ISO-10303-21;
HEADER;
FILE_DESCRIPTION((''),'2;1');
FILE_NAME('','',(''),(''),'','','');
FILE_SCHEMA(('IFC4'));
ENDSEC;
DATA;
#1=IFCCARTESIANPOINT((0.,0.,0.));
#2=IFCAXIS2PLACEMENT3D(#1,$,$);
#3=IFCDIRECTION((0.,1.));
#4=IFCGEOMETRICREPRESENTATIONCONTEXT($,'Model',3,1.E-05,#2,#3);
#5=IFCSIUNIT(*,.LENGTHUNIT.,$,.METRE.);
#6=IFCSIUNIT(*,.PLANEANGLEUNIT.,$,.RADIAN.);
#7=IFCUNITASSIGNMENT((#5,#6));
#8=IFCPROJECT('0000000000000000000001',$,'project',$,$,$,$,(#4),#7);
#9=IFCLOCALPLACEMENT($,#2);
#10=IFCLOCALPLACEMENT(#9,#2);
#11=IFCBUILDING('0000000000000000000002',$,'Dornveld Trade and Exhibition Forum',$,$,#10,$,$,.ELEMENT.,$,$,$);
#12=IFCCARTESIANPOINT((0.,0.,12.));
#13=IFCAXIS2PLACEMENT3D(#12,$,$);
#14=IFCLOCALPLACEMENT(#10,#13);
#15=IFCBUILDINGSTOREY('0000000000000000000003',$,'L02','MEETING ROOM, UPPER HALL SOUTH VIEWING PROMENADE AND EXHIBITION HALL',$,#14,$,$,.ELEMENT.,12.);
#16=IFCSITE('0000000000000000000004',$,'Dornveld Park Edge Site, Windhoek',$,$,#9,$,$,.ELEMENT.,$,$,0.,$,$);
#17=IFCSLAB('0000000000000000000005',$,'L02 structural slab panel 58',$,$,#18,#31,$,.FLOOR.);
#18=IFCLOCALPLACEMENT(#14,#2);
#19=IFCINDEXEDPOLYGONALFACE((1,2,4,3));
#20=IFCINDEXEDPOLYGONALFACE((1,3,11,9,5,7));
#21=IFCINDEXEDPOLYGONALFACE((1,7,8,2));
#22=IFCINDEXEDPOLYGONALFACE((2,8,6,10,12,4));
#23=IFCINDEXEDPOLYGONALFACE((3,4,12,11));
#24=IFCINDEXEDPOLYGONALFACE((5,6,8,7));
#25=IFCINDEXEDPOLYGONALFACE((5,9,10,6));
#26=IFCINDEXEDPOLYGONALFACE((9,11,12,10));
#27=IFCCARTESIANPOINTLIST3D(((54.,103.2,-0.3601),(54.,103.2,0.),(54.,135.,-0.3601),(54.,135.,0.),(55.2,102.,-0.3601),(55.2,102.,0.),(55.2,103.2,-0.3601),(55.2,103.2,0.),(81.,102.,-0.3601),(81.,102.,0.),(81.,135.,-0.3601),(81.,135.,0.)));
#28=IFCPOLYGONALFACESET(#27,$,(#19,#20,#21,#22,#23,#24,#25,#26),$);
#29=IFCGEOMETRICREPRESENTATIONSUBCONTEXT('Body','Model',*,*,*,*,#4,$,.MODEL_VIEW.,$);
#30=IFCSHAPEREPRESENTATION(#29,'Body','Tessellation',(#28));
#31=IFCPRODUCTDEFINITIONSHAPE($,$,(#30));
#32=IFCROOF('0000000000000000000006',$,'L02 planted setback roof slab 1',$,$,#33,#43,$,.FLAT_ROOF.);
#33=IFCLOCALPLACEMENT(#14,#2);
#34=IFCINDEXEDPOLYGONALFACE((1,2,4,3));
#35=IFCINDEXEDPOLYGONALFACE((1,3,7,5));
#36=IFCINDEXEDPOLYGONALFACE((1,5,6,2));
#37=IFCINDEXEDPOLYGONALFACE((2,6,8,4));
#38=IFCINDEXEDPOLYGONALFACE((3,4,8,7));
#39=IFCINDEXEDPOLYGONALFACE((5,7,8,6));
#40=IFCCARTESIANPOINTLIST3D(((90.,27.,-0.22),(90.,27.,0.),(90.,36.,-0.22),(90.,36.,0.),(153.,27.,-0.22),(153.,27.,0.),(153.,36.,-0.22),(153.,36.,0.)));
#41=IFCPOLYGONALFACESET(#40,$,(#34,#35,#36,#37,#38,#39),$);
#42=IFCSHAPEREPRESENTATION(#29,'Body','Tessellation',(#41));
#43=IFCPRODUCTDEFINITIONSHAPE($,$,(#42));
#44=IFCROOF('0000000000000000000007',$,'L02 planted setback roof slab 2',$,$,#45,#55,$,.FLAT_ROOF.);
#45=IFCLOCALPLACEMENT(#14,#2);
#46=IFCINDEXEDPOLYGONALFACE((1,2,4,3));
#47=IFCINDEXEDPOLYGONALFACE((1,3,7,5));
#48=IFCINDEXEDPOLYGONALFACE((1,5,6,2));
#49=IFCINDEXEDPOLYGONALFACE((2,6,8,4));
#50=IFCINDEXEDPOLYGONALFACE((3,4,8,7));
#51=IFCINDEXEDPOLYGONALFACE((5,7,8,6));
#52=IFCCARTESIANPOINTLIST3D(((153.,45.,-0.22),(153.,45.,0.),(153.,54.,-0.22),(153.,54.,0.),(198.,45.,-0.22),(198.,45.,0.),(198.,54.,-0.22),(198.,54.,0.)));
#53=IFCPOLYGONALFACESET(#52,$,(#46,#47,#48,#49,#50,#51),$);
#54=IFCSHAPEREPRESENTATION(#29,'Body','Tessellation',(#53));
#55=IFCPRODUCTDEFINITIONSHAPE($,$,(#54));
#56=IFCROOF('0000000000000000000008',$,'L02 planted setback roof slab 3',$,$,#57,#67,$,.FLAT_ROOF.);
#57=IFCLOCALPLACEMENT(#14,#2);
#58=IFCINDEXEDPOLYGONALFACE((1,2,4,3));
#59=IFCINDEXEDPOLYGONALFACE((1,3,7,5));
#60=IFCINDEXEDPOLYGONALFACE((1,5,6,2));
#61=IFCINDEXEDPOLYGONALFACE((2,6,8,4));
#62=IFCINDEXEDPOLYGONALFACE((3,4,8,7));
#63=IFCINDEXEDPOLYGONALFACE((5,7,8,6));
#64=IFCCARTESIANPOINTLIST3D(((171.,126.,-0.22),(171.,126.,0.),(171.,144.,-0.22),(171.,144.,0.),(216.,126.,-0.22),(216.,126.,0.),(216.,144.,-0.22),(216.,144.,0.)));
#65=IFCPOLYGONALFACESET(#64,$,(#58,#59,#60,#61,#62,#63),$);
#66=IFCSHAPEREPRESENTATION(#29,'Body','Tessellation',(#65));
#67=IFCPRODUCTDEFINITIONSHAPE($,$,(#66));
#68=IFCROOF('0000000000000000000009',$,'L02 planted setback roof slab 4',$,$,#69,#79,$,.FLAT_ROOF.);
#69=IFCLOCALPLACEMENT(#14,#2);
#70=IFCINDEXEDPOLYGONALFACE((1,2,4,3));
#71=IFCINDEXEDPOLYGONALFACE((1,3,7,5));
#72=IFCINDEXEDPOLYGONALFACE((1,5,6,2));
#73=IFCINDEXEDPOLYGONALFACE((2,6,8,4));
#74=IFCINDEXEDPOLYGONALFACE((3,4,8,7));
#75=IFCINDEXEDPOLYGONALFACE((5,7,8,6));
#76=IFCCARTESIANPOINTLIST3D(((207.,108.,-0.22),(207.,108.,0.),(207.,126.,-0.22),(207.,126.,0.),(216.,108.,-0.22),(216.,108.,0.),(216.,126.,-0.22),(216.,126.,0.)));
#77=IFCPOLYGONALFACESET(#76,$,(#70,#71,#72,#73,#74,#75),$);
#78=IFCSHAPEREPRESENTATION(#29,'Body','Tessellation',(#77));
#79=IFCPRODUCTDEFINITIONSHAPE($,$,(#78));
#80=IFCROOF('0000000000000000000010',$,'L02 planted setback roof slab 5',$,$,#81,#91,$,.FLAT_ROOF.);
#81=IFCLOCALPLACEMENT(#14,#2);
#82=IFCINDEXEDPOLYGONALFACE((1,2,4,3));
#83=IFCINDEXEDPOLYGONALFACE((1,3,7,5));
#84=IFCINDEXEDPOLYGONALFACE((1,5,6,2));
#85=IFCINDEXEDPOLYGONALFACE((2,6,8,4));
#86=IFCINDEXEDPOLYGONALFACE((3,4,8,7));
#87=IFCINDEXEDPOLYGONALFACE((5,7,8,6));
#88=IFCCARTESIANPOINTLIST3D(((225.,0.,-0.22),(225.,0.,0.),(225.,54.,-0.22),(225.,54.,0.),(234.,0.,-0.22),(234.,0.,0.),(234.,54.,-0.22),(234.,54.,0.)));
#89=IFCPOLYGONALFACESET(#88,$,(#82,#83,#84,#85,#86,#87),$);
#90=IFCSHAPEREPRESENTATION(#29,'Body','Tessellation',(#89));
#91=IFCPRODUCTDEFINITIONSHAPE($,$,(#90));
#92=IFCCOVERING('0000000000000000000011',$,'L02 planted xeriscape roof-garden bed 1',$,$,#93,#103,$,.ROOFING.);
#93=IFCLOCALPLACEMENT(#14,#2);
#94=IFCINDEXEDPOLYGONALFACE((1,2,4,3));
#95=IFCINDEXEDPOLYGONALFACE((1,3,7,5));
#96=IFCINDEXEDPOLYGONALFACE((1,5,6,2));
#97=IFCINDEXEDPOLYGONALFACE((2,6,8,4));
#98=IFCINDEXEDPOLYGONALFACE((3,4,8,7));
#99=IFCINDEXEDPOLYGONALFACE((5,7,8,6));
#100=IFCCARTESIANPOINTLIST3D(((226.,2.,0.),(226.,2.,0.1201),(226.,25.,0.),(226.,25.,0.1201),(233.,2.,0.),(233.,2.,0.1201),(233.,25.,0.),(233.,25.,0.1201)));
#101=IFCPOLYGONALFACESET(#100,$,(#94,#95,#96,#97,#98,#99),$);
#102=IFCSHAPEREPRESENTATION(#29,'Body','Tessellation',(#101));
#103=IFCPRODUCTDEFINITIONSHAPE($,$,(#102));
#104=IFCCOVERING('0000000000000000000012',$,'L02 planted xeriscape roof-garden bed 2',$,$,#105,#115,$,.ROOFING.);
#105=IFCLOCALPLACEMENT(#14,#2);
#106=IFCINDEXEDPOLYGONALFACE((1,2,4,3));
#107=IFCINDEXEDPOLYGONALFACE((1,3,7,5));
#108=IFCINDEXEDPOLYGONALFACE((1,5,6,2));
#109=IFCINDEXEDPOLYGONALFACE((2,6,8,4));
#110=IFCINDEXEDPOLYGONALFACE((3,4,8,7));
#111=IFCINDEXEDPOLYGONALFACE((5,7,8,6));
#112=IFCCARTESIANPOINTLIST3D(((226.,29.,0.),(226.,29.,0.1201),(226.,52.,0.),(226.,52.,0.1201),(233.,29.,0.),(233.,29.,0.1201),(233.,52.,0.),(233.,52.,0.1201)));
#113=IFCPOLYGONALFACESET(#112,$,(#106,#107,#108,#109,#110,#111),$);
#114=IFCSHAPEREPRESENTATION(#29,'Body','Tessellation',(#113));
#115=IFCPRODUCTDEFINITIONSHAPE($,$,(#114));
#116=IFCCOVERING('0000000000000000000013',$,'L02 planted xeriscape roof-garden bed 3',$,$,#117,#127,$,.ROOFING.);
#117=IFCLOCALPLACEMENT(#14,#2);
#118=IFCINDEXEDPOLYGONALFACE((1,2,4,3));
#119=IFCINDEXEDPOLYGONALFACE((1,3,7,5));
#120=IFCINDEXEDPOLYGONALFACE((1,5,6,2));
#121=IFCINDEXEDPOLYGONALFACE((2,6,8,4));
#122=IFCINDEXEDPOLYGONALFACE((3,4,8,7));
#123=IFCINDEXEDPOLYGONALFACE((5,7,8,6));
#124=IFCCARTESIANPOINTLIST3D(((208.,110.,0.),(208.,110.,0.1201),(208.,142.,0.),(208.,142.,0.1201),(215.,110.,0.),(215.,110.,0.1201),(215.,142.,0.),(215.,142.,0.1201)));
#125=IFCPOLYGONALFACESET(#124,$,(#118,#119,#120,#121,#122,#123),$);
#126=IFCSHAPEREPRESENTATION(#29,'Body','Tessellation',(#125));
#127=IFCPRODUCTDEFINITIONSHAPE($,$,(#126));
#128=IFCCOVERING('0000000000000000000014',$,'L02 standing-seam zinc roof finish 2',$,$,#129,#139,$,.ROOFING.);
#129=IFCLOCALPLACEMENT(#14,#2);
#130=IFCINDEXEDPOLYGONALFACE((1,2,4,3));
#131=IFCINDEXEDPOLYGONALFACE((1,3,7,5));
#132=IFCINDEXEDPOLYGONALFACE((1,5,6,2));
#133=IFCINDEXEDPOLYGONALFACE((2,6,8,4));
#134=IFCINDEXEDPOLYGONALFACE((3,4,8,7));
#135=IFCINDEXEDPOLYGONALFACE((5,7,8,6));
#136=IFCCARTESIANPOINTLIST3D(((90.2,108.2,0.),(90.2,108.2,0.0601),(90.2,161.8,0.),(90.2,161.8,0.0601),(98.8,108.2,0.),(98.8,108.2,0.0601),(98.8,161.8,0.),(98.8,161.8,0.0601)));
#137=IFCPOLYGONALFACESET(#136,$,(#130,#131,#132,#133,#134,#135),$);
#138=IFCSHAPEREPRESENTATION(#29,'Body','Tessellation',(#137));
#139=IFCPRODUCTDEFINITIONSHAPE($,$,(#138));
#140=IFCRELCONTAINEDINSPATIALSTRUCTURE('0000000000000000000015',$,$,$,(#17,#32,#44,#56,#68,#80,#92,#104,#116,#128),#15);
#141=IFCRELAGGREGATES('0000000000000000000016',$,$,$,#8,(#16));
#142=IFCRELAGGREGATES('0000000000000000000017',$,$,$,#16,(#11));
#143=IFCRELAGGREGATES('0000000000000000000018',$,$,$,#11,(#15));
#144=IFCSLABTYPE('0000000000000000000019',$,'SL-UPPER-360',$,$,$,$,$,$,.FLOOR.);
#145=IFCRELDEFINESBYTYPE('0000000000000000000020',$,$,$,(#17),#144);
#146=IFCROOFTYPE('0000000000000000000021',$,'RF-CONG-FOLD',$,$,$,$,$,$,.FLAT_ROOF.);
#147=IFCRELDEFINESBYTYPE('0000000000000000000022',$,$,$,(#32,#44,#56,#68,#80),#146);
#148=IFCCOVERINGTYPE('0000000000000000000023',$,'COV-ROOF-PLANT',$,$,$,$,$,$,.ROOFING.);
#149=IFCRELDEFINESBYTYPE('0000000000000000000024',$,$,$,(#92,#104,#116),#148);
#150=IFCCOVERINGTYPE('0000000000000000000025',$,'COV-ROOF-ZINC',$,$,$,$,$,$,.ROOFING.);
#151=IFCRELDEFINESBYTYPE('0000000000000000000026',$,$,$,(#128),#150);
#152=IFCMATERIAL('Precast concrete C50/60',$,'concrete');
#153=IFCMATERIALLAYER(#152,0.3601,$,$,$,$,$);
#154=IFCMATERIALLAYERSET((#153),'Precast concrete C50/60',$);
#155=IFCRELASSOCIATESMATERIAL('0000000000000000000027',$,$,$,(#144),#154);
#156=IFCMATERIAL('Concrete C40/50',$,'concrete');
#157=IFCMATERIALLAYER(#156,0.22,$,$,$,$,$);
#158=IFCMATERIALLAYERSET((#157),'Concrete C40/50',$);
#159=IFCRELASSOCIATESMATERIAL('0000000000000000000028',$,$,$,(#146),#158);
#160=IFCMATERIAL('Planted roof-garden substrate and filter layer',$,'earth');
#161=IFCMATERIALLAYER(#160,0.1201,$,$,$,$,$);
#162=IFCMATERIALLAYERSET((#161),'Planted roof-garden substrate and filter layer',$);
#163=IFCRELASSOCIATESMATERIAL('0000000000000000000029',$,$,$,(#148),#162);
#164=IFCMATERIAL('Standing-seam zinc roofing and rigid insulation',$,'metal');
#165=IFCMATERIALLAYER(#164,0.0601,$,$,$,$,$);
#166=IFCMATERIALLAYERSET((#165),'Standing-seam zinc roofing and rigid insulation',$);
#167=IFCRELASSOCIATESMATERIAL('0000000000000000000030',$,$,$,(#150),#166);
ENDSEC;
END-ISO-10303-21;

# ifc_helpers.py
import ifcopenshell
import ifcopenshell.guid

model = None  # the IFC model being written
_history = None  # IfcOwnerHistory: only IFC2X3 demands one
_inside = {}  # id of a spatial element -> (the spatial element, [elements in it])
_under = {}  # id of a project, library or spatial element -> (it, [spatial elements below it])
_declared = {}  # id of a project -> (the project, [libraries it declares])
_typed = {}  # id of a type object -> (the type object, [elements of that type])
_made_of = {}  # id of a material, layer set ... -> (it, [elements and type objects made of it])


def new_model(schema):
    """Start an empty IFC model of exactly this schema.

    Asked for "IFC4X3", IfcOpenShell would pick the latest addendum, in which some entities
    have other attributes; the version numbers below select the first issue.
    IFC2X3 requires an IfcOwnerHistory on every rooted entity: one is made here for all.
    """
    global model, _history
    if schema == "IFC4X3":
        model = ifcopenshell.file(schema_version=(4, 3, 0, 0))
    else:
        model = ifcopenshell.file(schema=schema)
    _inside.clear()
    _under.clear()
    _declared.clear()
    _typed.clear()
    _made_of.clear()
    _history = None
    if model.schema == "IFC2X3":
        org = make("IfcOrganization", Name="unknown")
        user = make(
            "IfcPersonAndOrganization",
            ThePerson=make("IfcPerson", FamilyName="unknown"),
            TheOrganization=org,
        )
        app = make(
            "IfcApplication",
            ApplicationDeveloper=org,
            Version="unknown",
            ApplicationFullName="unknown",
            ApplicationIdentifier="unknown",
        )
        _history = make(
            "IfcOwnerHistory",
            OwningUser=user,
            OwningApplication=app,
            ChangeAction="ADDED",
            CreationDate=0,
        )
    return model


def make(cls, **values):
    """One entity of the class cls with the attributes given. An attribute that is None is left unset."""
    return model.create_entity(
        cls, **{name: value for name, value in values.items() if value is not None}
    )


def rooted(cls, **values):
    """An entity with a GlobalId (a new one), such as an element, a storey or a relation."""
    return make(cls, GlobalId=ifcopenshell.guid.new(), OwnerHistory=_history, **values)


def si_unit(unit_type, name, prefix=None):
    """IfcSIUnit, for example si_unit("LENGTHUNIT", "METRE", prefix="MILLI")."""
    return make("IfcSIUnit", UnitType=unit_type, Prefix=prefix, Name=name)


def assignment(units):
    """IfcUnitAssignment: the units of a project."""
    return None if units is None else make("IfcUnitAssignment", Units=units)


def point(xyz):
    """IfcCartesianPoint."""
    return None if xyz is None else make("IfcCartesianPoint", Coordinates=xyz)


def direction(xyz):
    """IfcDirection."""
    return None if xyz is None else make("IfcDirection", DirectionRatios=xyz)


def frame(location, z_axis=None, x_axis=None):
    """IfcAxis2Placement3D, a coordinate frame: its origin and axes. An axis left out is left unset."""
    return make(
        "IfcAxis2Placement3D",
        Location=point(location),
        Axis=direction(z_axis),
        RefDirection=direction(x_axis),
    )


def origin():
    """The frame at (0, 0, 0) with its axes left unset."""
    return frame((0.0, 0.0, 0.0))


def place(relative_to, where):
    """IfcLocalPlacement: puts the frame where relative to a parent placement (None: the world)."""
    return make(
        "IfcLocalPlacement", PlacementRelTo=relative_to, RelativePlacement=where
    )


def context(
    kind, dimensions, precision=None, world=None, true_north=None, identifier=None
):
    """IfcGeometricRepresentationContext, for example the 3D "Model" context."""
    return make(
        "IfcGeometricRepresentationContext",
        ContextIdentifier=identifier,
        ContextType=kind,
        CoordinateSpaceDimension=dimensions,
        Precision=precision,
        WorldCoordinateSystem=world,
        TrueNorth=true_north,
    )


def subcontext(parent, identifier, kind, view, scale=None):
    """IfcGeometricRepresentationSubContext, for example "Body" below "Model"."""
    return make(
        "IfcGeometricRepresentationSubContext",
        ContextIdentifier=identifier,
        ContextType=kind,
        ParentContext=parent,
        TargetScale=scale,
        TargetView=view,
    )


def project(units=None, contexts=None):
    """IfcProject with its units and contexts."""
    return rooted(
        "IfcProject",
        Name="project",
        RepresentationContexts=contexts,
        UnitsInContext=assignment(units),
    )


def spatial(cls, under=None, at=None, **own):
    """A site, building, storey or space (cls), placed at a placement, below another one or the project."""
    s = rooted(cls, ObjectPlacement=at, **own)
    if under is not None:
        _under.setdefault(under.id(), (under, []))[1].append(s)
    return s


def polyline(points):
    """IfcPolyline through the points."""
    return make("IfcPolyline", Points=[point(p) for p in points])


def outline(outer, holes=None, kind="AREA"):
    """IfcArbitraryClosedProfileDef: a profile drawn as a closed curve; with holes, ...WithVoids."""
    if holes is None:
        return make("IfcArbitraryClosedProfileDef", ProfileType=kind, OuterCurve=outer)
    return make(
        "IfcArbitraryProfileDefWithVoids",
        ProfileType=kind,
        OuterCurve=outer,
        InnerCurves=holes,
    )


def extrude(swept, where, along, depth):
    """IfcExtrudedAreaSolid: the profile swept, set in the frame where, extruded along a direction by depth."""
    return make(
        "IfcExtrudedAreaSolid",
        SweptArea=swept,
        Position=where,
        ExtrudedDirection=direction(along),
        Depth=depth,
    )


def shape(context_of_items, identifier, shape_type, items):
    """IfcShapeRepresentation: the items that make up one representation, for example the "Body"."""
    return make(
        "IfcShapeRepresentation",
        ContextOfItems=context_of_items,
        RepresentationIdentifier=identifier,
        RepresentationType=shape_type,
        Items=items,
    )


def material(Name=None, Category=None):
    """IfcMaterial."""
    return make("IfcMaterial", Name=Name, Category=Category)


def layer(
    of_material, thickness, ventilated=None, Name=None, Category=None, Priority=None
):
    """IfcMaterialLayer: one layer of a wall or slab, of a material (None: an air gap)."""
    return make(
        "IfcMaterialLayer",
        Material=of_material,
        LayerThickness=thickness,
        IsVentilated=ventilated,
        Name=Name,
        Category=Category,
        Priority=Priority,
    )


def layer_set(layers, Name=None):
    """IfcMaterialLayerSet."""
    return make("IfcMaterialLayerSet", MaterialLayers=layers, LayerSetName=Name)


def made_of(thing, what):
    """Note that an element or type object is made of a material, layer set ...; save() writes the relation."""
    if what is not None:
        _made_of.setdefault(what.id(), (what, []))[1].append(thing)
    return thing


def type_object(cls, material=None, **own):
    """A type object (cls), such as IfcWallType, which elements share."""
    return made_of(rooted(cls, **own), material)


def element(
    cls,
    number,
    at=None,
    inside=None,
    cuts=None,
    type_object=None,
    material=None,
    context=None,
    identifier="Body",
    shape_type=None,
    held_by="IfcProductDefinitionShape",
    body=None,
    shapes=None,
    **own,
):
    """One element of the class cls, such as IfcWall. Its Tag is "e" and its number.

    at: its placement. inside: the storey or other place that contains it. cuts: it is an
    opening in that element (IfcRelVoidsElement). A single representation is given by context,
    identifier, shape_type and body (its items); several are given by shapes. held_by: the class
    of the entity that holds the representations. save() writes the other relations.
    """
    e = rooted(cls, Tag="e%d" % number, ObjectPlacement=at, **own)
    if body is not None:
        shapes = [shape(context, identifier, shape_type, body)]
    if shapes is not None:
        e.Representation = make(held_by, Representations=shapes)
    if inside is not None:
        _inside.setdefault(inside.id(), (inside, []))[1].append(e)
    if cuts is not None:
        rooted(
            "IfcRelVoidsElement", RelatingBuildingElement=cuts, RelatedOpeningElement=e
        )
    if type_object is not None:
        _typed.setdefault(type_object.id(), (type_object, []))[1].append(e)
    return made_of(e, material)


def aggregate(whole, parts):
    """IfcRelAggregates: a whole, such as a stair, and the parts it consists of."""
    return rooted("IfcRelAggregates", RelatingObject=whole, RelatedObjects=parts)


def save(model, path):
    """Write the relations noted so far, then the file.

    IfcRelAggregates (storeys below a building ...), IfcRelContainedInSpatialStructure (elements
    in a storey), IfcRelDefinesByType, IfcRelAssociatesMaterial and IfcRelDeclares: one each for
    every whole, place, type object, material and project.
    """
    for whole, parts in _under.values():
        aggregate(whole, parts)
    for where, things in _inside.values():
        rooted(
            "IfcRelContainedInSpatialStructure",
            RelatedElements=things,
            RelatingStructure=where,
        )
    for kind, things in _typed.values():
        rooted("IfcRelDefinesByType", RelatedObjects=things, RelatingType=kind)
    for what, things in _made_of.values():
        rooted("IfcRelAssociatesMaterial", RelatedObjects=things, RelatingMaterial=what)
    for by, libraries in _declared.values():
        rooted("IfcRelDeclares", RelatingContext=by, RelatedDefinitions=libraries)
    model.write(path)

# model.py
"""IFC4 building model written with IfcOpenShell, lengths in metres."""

from ifc_helpers import new_model, si_unit, direction, frame, origin, place, context, subcontext, project, spatial, polyline, outline, extrude, material, layer, layer_set, type_object, element, save


model = new_model("IFC4")

# Units and contexts
model_context = context("Model", 3, precision=1e-05, world=origin(), true_north=direction((0.0, 1.0)))
body_context = subcontext(model_context, "Body", "Model", "MODEL_VIEW")
ifc_project = project(units=[si_unit("LENGTHUNIT", "METRE"), si_unit("PLANEANGLEUNIT", "RADIAN")], contexts=[model_context])

# Site, building, storey
site_placement = place(None, origin())
site = spatial("IfcSite", under=ifc_project, at=site_placement, Name="Dornveld Park Edge Site, Windhoek", CompositionType="ELEMENT", RefElevation=0.0)
building_placement = place(site_placement, origin())
building = spatial("IfcBuilding", under=site, at=building_placement, Name="Dornveld Trade and Exhibition Forum", CompositionType="ELEMENT")
storey_placement = place(building_placement, frame((0.0, 0.0, 12.0)))
storey = spatial("IfcBuildingStorey", under=building, at=storey_placement, Name="L02", Description="MEETING ROOM, UPPER HALL SOUTH VIEWING PROMENADE AND EXHIBITION HALL", CompositionType="ELEMENT", Elevation=12.0)

# Slab
ifc_material_1 = material(Name="Precast concrete C50/60", Category="concrete")
ifc_layer_1 = layer(ifc_material_1, 0.3601)
ifc_layer_set_1 = layer_set([ifc_layer_1], Name="Precast concrete C50/60")
slab_type_1 = type_object("IfcSlabType", Name="SL-UPPER-360", PredefinedType="FLOOR", material=ifc_layer_set_1)
slab_1_placement = place(storey_placement, frame((0.0, 0.0, -0.3601)))
element("IfcSlab", 1, at=slab_1_placement, inside=storey, type_object=slab_type_1, Name="L02 structural slab panel 58", PredefinedType="FLOOR", context=body_context, shape_type="SweptSolid", body=[
    extrude(outline(polyline([(55.2, 102.0), (81.0, 102.0), (81.0, 135.0), (54.0, 135.0), (54.0, 103.2), (55.2, 103.2), (55.2, 102.0)])), origin(), (0.0, 0.0, 1.0), 0.3601),
])

# Roofs
ifc_material_2 = material(Name="Concrete C40/50", Category="concrete")
ifc_layer_2 = layer(ifc_material_2, 0.22)
ifc_layer_set_2 = layer_set([ifc_layer_2], Name="Concrete C40/50")
roof_type = type_object("IfcRoofType", Name="RF-CONG-FOLD", PredefinedType="FLAT_ROOF", material=ifc_layer_set_2)
roof_1_placement = place(storey_placement, frame((0.0, 0.0, -0.22)))
element("IfcRoof", 2, at=roof_1_placement, inside=storey, type_object=roof_type, Name="L02 planted setback roof slab 1", PredefinedType="FLAT_ROOF", context=body_context, shape_type="SweptSolid", body=[
    extrude(outline(polyline([(90.0, 27.0), (153.0, 27.0), (153.0, 36.0), (90.0, 36.0), (90.0, 27.0)])), origin(), (0.0, 0.0, 1.0), 0.22),
])
roof_2_placement = place(storey_placement, frame((0.0, 0.0, -0.22)))
element("IfcRoof", 3, at=roof_2_placement, inside=storey, type_object=roof_type, Name="L02 planted setback roof slab 2", PredefinedType="FLAT_ROOF", context=body_context, shape_type="SweptSolid", body=[
    extrude(outline(polyline([(153.0, 45.0), (198.0, 45.0), (198.0, 54.0), (153.0, 54.0), (153.0, 45.0)])), origin(), (0.0, 0.0, 1.0), 0.22),
])
roof_3_placement = place(storey_placement, frame((0.0, 0.0, -0.22)))
element("IfcRoof", 4, at=roof_3_placement, inside=storey, type_object=roof_type, Name="L02 planted setback roof slab 3", PredefinedType="FLAT_ROOF", context=body_context, shape_type="SweptSolid", body=[
    extrude(outline(polyline([(171.0, 126.0), (216.0, 126.0), (216.0, 144.0), (171.0, 144.0), (171.0, 126.0)])), origin(), (0.0, 0.0, 1.0), 0.22),
])
roof_4_placement = place(storey_placement, frame((0.0, 0.0, -0.22)))
element("IfcRoof", 5, at=roof_4_placement, inside=storey, type_object=roof_type, Name="L02 planted setback roof slab 4", PredefinedType="FLAT_ROOF", context=body_context, shape_type="SweptSolid", body=[
    extrude(outline(polyline([(207.0, 108.0), (216.0, 108.0), (216.0, 126.0), (207.0, 126.0), (207.0, 108.0)])), origin(), (0.0, 0.0, 1.0), 0.22),
])
roof_5_placement = place(storey_placement, frame((0.0, 0.0, -0.22)))
element("IfcRoof", 6, at=roof_5_placement, inside=storey, type_object=roof_type, Name="L02 planted setback roof slab 5", PredefinedType="FLAT_ROOF", context=body_context, shape_type="SweptSolid", body=[
    extrude(outline(polyline([(225.0, 0.0), (234.0, 0.0), (234.0, 54.0), (225.0, 54.0), (225.0, 0.0)])), origin(), (0.0, 0.0, 1.0), 0.22),
])

# Coverings
ifc_material_3 = material(Name="Planted roof-garden substrate and filter layer", Category="earth")
ifc_layer_3 = layer(ifc_material_3, 0.1201)
ifc_layer_set_3 = layer_set([ifc_layer_3], Name="Planted roof-garden substrate and filter layer")
covering_type_1 = type_object("IfcCoveringType", Name="COV-ROOF-PLANT", PredefinedType="ROOFING", material=ifc_layer_set_3)
covering_1_placement = place(storey_placement, origin())
element("IfcCovering", 7, at=covering_1_placement, inside=storey, type_object=covering_type_1, Name="L02 planted xeriscape roof-garden bed 1", PredefinedType="ROOFING", context=body_context, shape_type="SweptSolid", body=[
    extrude(outline(polyline([(226.0, 2.0), (233.0, 2.0), (233.0, 25.0), (226.0, 25.0), (226.0, 2.0)])), origin(), (0.0, 0.0, 1.0), 0.1201),
])
covering_2_placement = place(storey_placement, origin())
element("IfcCovering", 8, at=covering_2_placement, inside=storey, type_object=covering_type_1, Name="L02 planted xeriscape roof-garden bed 2", PredefinedType="ROOFING", context=body_context, shape_type="SweptSolid", body=[
    extrude(outline(polyline([(226.0, 29.0), (233.0, 29.0), (233.0, 52.0), (226.0, 52.0), (226.0, 29.0)])), origin(), (0.0, 0.0, 1.0), 0.1201),
])
covering_3_placement = place(storey_placement, origin())
element("IfcCovering", 9, at=covering_3_placement, inside=storey, type_object=covering_type_1, Name="L02 planted xeriscape roof-garden bed 3", PredefinedType="ROOFING", context=body_context, shape_type="SweptSolid", body=[
    extrude(outline(polyline([(208.0, 110.0), (215.0, 110.0), (215.0, 142.0), (208.0, 142.0), (208.0, 110.0)])), origin(), (0.0, 0.0, 1.0), 0.1201),
])
ifc_material_4 = material(Name="Standing-seam zinc roofing and rigid insulation", Category="metal")
ifc_layer_4 = layer(ifc_material_4, 0.0601)
ifc_layer_set_4 = layer_set([ifc_layer_4], Name="Standing-seam zinc roofing and rigid insulation")
covering_type_2 = type_object("IfcCoveringType", Name="COV-ROOF-ZINC", PredefinedType="ROOFING", material=ifc_layer_set_4)
covering_4_placement = place(storey_placement, origin())
element("IfcCovering", 10, at=covering_4_placement, inside=storey, type_object=covering_type_2, Name="L02 standing-seam zinc roof finish 2", PredefinedType="ROOFING", context=body_context, shape_type="SweptSolid", body=[
    extrude(outline(polyline([(90.2, 108.2), (98.8, 108.2), (98.8, 161.8), (90.2, 161.8), (90.2, 108.2)])), origin(), (0.0, 0.0, 1.0), 0.0601),
])

save(model, "model.ifc")
